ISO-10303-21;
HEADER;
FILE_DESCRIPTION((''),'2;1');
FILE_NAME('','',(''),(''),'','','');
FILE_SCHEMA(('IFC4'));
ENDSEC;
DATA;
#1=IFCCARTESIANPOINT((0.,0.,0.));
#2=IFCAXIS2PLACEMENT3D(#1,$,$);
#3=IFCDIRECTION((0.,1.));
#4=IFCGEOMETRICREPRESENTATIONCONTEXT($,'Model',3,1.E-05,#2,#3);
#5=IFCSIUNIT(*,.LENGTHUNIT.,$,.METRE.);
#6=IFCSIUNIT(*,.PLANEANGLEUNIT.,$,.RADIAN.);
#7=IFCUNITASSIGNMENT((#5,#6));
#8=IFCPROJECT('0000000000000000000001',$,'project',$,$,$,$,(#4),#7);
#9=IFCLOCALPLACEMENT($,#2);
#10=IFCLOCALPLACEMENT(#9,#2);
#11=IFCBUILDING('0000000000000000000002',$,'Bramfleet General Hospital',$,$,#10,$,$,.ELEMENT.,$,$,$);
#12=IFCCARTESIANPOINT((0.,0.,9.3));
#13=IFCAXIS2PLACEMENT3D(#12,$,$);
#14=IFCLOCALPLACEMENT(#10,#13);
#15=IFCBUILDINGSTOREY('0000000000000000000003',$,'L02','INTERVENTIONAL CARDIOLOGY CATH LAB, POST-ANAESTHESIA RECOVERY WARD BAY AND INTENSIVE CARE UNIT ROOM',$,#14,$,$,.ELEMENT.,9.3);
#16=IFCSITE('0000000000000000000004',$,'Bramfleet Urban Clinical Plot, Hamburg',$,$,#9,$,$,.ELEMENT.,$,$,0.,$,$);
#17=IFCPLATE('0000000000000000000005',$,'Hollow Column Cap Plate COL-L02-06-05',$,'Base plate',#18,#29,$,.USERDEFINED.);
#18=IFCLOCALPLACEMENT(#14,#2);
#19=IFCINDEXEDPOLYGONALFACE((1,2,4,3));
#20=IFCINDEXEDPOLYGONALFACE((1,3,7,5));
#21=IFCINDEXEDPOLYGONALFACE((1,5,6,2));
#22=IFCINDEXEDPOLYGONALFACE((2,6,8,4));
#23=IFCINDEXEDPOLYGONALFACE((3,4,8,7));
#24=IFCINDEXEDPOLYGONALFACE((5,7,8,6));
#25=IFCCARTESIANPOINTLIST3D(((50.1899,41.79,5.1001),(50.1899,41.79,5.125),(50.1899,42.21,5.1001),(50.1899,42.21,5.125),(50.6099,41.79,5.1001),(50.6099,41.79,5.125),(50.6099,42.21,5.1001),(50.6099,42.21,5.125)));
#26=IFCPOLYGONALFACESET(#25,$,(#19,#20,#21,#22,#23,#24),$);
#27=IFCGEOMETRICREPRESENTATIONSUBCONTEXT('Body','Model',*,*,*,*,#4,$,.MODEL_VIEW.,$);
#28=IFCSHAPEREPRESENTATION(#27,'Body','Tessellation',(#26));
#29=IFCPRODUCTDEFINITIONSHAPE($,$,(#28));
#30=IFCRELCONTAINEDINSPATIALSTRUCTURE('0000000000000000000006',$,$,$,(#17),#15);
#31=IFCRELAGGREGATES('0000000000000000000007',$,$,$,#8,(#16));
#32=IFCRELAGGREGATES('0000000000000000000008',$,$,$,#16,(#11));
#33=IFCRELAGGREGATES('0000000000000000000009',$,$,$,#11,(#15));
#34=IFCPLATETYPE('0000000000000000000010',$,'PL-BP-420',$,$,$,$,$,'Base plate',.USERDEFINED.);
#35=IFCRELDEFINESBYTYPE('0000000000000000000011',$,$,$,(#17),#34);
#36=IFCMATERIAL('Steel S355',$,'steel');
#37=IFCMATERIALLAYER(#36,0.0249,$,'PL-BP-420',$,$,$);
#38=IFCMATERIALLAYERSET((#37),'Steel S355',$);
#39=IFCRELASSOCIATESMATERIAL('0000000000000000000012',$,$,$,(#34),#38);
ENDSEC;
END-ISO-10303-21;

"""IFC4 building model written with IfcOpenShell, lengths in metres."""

from ifc_helpers import new_model, si_unit, direction, frame, origin, origin_2d, place, context, subcontext, project, spatial, rectangle, extrude, material, layer, layer_set, type_object, element, save


model = new_model("IFC4")

# Units and contexts
model_context = context("Model", 3, precision=1e-05, world=origin(), true_north=direction((0.0, 1.0)))
body_context = subcontext(model_context, "Body", "Model", "MODEL_VIEW")
ifc_project = project(units=[si_unit("LENGTHUNIT", "METRE"), si_unit("PLANEANGLEUNIT", "RADIAN")], contexts=[model_context])

# Site, building, storey
site_placement = place(None, origin())
site = spatial("IfcSite", under=ifc_project, at=site_placement, Name="Bramfleet Urban Clinical Plot, Hamburg", CompositionType="ELEMENT", RefElevation=0.0)
building_placement = place(site_placement, origin())
building = spatial("IfcBuilding", under=site, at=building_placement, Name="Bramfleet General Hospital", CompositionType="ELEMENT")
storey_placement = place(building_placement, frame((0.0, 0.0, 9.3)))
storey = spatial("IfcBuildingStorey", under=building, at=storey_placement, Name="L02", Description="INTERVENTIONAL CARDIOLOGY CATH LAB, POST-ANAESTHESIA RECOVERY WARD BAY AND INTENSIVE CARE UNIT ROOM", CompositionType="ELEMENT", Elevation=9.3)

# Shared definitions
ifc_material_1 = material(Name="Steel S355", Category="steel")

# Plate
ifc_layer_1 = layer(ifc_material_1, 0.0249, Name="PL-BP-420")
ifc_layer_set_1 = layer_set([ifc_layer_1], Name="Steel S355")
plate_type_1 = type_object("IfcPlateType", Name="PL-BP-420", ElementType="Base plate", PredefinedType="USERDEFINED", material=ifc_layer_set_1)
plate_1_placement = place(storey_placement, frame((50.3999, 42.0, 5.1001), z_axis=(0.0, 0.0, 1.0), x_axis=(1.0, 0.0, 0.0)))
element("IfcPlate", 1, at=plate_1_placement, inside=storey, type_object=plate_type_1, Name="Hollow Column Cap Plate COL-L02-06-05", ObjectType="Base plate", PredefinedType="USERDEFINED", context=body_context, shape_type="SweptSolid", body=[
    extrude(rectangle(XDim=0.4199, YDim=0.4199, at=origin_2d()), origin(), (0.0, 0.0, 1.0), 0.0249),
])

save(model, "model.ifc")
